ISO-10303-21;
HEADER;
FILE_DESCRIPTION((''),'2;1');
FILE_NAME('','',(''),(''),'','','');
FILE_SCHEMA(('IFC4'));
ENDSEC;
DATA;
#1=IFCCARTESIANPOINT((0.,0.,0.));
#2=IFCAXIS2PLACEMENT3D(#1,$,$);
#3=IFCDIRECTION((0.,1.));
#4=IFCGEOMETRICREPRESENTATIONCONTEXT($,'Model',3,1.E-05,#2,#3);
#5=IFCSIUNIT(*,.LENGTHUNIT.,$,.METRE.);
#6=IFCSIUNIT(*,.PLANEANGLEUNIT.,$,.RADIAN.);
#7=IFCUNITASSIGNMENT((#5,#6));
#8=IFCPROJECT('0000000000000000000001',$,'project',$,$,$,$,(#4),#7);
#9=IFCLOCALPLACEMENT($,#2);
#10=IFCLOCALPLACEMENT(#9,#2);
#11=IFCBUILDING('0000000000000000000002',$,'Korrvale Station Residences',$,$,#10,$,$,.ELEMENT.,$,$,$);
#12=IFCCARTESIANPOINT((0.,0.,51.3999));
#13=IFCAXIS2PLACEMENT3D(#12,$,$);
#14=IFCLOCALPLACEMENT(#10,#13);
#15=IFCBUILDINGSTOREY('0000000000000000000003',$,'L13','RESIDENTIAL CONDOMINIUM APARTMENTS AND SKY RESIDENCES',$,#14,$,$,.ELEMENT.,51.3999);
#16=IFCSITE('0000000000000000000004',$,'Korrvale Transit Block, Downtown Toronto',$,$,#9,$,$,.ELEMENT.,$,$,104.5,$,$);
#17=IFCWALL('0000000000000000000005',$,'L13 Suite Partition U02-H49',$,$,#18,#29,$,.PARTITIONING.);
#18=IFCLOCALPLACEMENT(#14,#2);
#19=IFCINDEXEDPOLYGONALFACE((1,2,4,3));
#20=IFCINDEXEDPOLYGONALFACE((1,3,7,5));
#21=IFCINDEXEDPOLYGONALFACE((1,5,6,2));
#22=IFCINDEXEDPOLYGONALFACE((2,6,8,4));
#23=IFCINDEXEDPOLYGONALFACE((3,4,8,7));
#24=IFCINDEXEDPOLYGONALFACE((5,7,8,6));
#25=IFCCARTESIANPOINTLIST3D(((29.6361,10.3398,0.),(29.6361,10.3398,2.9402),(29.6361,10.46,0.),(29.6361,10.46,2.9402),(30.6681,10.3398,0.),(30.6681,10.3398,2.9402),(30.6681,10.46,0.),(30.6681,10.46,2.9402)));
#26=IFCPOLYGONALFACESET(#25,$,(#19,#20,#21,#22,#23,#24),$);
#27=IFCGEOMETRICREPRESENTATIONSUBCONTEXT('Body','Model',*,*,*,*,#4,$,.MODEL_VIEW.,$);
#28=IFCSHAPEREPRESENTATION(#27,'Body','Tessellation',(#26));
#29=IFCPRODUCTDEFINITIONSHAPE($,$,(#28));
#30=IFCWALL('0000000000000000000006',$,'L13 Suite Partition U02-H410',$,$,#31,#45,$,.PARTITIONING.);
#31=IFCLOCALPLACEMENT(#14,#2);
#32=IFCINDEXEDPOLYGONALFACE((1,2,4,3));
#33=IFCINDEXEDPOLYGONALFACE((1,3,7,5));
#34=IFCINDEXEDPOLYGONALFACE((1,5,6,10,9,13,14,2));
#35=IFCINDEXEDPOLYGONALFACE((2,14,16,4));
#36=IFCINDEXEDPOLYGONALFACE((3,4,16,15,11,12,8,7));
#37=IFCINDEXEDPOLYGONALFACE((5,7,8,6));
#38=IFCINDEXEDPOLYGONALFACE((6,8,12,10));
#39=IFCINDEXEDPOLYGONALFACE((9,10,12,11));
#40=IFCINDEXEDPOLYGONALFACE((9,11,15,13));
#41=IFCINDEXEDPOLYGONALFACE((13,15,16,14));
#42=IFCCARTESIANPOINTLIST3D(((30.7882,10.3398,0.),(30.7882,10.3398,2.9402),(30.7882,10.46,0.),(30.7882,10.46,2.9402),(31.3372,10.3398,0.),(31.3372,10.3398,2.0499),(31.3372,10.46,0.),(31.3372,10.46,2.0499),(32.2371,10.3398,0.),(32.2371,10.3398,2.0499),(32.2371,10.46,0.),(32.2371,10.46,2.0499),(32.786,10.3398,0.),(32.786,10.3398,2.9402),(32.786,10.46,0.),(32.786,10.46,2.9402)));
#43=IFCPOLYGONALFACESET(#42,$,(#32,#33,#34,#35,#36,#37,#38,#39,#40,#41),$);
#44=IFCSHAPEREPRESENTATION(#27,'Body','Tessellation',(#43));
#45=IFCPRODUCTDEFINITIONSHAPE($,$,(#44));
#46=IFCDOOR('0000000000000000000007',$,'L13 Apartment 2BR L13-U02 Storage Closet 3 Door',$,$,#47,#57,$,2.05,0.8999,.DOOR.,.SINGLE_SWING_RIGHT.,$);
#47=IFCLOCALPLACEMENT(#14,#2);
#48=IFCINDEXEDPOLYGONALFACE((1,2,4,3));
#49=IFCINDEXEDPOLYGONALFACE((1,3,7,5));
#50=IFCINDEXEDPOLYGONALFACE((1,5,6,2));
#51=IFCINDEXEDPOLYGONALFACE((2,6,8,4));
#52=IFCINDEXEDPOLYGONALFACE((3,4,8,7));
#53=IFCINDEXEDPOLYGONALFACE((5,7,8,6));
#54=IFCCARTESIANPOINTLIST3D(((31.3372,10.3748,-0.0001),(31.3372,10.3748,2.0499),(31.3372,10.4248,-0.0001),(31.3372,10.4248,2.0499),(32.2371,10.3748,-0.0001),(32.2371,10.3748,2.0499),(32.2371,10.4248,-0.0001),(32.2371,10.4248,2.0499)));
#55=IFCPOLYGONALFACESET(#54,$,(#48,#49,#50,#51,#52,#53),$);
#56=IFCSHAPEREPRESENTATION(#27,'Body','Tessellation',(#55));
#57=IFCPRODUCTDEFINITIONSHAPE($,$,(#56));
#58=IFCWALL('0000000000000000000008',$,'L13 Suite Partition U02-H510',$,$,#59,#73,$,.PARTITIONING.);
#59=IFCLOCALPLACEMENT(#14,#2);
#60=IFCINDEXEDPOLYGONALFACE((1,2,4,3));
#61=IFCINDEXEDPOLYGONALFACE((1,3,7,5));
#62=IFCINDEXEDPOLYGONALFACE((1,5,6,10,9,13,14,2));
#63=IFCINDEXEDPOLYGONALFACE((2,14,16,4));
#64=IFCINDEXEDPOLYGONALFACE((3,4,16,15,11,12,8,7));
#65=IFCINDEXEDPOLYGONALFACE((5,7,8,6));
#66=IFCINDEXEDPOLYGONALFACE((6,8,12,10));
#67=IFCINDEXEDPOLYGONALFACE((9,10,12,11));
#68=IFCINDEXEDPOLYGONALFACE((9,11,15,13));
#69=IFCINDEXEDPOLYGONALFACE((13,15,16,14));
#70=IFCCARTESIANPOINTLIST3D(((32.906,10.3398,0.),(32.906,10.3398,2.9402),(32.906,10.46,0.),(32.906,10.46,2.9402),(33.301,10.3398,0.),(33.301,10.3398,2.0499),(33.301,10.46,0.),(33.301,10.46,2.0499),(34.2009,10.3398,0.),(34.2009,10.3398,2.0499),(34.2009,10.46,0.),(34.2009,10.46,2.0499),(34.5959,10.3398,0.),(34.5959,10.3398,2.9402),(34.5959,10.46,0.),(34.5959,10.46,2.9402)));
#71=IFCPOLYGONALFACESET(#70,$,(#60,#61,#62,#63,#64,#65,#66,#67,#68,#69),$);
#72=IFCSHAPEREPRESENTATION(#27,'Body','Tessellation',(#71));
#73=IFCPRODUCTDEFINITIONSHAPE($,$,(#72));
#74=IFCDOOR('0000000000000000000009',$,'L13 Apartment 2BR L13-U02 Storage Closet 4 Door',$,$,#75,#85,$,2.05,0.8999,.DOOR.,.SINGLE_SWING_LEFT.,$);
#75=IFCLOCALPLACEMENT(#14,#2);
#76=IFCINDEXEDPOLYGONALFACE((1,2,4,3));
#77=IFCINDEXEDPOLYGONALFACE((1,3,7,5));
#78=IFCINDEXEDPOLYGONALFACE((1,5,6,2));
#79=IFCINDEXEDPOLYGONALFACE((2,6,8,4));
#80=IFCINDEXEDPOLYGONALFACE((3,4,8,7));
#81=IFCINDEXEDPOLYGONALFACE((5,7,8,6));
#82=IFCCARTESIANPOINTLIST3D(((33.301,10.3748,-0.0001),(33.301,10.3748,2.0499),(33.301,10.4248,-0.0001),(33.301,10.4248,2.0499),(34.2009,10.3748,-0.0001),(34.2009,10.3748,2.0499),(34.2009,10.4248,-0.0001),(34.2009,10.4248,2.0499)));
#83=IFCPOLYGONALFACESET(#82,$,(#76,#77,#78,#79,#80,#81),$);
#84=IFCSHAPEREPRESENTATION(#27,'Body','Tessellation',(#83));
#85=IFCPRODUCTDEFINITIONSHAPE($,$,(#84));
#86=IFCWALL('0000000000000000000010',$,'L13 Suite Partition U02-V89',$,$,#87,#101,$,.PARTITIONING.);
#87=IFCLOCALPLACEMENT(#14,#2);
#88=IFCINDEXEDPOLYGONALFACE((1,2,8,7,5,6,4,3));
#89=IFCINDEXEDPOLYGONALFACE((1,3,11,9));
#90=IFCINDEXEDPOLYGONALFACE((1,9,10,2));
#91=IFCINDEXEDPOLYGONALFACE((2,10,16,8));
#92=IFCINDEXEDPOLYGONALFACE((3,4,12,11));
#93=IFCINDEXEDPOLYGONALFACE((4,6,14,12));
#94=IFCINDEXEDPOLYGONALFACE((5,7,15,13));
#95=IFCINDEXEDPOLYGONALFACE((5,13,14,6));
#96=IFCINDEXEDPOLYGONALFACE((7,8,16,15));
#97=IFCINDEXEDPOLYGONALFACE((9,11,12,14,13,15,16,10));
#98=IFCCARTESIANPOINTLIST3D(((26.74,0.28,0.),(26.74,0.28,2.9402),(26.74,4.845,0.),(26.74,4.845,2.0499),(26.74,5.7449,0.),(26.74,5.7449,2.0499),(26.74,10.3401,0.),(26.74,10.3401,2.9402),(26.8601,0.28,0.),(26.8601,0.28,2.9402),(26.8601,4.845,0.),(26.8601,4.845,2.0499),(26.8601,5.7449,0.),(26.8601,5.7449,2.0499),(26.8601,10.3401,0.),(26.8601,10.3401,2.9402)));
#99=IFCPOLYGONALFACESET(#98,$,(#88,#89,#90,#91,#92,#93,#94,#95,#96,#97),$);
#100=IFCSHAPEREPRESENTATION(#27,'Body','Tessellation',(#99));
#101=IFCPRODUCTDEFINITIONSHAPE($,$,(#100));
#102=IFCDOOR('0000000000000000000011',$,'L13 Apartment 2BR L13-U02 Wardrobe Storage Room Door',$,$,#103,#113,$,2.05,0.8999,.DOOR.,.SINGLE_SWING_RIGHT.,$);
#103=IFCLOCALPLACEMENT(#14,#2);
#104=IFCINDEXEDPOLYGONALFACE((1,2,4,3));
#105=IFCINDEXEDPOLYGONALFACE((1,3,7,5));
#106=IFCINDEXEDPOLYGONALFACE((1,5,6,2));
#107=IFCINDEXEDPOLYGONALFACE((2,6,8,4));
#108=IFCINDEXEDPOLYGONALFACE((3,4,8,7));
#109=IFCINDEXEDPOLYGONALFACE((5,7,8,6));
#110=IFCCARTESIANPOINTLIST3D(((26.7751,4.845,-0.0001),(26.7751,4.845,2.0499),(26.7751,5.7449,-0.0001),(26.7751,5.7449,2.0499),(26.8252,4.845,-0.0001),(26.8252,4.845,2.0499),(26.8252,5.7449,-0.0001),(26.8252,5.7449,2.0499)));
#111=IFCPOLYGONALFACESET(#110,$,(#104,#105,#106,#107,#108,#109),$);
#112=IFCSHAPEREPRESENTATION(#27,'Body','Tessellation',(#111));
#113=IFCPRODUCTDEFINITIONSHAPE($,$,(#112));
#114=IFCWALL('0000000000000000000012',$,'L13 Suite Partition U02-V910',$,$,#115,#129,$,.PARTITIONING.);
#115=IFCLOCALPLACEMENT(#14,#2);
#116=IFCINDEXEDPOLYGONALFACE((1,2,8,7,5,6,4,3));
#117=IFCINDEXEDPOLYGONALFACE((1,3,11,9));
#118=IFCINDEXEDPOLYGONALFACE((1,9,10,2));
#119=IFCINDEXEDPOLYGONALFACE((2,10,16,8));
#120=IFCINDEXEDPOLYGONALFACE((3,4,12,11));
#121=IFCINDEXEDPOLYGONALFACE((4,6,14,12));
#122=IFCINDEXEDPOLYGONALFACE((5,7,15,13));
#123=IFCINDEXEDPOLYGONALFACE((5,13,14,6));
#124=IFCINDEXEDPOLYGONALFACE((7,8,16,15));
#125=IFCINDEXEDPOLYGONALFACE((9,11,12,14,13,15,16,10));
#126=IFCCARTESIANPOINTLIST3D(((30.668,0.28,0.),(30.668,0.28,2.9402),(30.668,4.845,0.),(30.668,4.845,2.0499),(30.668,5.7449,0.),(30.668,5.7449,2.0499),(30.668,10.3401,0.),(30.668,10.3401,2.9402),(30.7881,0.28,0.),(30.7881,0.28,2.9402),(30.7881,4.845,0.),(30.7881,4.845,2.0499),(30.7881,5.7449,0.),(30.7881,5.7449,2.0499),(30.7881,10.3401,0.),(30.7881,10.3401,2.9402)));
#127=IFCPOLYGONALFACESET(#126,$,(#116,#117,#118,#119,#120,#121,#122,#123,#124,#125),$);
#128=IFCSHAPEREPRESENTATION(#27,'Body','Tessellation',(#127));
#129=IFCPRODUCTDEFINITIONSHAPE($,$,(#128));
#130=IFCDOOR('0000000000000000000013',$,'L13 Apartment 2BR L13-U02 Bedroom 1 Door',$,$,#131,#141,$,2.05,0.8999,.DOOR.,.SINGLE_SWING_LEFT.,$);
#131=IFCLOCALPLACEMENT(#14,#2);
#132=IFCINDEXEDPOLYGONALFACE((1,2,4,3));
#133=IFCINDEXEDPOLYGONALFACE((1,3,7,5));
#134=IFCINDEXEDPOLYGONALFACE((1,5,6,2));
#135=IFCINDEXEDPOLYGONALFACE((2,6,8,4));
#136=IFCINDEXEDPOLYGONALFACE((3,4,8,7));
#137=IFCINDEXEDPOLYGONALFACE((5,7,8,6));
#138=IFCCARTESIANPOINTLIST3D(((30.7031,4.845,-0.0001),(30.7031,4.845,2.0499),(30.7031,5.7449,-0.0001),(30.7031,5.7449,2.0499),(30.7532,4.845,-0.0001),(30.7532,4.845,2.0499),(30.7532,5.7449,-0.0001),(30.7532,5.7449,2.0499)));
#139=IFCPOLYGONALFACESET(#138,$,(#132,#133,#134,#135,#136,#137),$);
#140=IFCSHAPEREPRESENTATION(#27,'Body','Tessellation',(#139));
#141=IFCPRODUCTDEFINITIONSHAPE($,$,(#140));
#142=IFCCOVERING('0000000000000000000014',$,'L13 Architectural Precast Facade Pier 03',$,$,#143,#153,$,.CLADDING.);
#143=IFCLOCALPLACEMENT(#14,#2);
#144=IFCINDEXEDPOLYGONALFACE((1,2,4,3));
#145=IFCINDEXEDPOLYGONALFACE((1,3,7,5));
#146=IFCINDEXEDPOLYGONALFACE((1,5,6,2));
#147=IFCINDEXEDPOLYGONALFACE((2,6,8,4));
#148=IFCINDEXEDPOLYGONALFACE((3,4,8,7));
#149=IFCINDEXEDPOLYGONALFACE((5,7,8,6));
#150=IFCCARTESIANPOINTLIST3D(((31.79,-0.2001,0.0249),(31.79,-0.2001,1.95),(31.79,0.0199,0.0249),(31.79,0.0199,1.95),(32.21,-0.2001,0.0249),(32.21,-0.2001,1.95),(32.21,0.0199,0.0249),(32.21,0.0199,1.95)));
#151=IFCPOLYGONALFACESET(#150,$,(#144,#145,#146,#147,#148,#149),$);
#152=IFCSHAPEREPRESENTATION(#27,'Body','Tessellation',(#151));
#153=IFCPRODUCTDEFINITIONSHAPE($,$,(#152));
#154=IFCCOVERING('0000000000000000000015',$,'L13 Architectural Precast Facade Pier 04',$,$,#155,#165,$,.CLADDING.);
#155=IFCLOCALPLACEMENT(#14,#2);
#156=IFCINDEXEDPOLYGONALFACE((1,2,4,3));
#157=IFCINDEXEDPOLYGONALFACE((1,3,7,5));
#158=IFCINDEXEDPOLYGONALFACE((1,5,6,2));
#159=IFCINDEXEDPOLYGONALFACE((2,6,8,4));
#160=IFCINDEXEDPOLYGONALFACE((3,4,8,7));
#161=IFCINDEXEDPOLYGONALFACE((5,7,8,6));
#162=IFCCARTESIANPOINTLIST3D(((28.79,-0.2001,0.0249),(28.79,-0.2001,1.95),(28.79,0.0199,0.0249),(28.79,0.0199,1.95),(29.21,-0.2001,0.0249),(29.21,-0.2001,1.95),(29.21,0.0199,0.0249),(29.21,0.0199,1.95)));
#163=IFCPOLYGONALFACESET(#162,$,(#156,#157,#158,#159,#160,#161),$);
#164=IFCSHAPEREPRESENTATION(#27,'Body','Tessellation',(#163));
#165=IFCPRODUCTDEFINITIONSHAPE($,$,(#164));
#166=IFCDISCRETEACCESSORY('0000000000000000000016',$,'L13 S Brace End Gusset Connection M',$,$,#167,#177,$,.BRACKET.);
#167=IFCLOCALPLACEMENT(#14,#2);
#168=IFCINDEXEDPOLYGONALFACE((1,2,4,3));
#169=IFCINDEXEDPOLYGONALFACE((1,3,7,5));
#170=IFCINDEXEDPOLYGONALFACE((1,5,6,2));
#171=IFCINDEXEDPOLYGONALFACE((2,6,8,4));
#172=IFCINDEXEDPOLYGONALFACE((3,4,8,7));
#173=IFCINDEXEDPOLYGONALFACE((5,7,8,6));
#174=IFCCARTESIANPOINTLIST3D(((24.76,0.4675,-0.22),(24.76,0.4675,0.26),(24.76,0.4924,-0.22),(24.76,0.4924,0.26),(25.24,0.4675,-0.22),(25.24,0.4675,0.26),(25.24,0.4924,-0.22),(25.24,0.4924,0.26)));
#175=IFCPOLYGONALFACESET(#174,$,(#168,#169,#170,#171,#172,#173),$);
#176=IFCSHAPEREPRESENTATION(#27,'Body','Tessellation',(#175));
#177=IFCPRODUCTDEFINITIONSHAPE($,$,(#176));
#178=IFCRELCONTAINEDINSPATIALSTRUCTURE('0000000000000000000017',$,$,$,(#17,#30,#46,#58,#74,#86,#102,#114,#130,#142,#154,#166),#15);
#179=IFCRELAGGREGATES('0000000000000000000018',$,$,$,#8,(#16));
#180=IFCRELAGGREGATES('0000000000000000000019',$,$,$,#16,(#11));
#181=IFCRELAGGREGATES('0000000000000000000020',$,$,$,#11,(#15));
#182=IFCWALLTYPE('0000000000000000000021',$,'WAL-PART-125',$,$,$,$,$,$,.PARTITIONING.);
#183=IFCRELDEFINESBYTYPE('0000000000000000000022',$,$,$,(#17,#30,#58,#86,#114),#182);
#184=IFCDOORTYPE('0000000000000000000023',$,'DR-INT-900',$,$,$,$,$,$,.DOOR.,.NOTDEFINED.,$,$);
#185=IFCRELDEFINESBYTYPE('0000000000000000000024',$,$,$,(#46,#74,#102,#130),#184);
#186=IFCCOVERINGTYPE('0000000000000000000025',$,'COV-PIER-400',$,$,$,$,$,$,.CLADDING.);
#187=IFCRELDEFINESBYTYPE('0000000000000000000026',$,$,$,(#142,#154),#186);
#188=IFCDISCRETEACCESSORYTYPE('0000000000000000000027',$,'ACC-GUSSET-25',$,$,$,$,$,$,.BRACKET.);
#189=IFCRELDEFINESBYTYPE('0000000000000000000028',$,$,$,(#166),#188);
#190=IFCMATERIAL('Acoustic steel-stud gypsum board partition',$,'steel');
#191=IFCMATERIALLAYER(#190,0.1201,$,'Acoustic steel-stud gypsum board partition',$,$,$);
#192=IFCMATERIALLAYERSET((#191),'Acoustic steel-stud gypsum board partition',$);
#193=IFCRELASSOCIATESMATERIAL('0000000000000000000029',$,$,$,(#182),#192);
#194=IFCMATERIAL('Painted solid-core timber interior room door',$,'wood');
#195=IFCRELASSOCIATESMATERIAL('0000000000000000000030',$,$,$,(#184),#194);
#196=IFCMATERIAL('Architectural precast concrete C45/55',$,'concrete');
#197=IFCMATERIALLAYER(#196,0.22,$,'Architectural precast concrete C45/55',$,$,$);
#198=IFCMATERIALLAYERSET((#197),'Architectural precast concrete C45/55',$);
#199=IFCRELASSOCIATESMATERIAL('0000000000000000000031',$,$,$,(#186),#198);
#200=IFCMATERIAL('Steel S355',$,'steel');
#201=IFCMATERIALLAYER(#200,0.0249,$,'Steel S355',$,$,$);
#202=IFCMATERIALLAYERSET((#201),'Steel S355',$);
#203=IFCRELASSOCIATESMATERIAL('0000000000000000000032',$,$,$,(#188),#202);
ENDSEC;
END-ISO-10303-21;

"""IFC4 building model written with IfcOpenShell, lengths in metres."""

from ifc_helpers import new_model, si_unit, direction, frame, frame_2d, origin, origin_2d, place, context, subcontext, project, spatial, rectangle, extrude, material, layer, layer_set, type_object, element, fill, save


model = new_model("IFC4")

# Units and contexts
model_context = context("Model", 3, precision=1e-05, world=origin(), true_north=direction((0.0, 1.0)))
body_context = subcontext(model_context, "Body", "Model", "MODEL_VIEW")
ifc_project = project(units=[si_unit("LENGTHUNIT", "METRE"), si_unit("PLANEANGLEUNIT", "RADIAN")], contexts=[model_context])

# Site, building, storey
site_placement = place(None, origin())
site = spatial("IfcSite", under=ifc_project, at=site_placement, Name="Korrvale Transit Block, Downtown Toronto", CompositionType="ELEMENT", RefElevation=104.5)
building_placement = place(site_placement, origin())
building = spatial("IfcBuilding", under=site, at=building_placement, Name="Korrvale Station Residences", CompositionType="ELEMENT")
storey_placement = place(building_placement, frame((0.0, 0.0, 51.3999)))
storey = spatial("IfcBuildingStorey", under=building, at=storey_placement, Name="L13", Description="RESIDENTIAL CONDOMINIUM APARTMENTS AND SKY RESIDENCES", CompositionType="ELEMENT", Elevation=51.3999)

# Shared definitions
ifc_material_1 = material(Name="Steel S355", Category="steel")

# Shared definitions
ifc_material_2 = material(Name="Acoustic steel-stud gypsum board partition", Category="steel")
ifc_layer_1 = layer(ifc_material_2, 0.1201, Name="Acoustic steel-stud gypsum board partition")
ifc_layer_set_1 = layer_set([ifc_layer_1], Name="Acoustic steel-stud gypsum board partition")
wall_type = type_object("IfcWallType", Name="WAL-PART-125", PredefinedType="PARTITIONING", material=ifc_layer_set_1)
ifc_material_3 = material(Name="Painted solid-core timber interior room door", Category="wood")
door_type = type_object("IfcDoorType", Name="DR-INT-900", OperationType="NOTDEFINED", PredefinedType="DOOR", material=ifc_material_3)

# Wall
wall_1_placement = place(storey_placement, frame((29.636, 10.3999, 0.0), z_axis=(0.0, 0.0, 1.0), x_axis=(1.0, 0.0, 0.0)))
element("IfcWall", 1, at=wall_1_placement, inside=storey, type_object=wall_type, Name="L13 Suite Partition U02-H49", PredefinedType="PARTITIONING", context=body_context, shape_type="SweptSolid", body=[
    extrude(rectangle(XDim=1.032, YDim=0.1201, at=frame_2d((0.5161, 0.0))), origin(), (0.0, 0.0, 1.0), 2.9402),
])

# Walls, openings, doors
wall_2_placement = place(storey_placement, frame((30.7881, 10.3999, 0.0), z_axis=(0.0, 0.0, 1.0), x_axis=(1.0, 0.0, 0.0)))
wall_2 = element("IfcWall", 2, at=wall_2_placement, inside=storey, type_object=wall_type, Name="L13 Suite Partition U02-H410", PredefinedType="PARTITIONING", context=body_context, shape_type="SweptSolid", body=[
    extrude(rectangle(XDim=1.9978, YDim=0.1201, at=frame_2d((0.999, 0.0))), origin(), (0.0, 0.0, 1.0), 2.9402),
])
opening_1_placement = place(wall_2_placement, frame((0.5491, 0.0, 0.0)))
opening_1 = element("IfcOpeningElement", 3, at=opening_1_placement, cuts=wall_2, PredefinedType="OPENING", context=body_context, shape_type="SweptSolid", body=[
    extrude(rectangle(XDim=0.8999, YDim=2.05, at=frame_2d((0.45, 1.0249))), frame((0.0, 0.0701, 0.0), z_axis=(0.0, -1.0, 0.0), x_axis=(1.0, 0.0, 0.0)), (0.0, 0.0, 1.0), 0.1401),
])
door_1_placement = place(opening_1_placement, origin())
door_1 = element("IfcDoor", 4, at=door_1_placement, inside=storey, type_object=door_type, Name="L13 Apartment 2BR L13-U02 Storage Closet 3 Door", OperationType="SINGLE_SWING_RIGHT", OverallHeight=2.05, OverallWidth=0.8999, PredefinedType="DOOR", context=body_context, shape_type="SweptSolid", body=[
    extrude(rectangle(XDim=0.8999, YDim=2.05, at=frame_2d((0.45, 1.0249))), frame((0.0, 0.0249, 0.0), z_axis=(0.0, -1.0, 0.0), x_axis=(1.0, 0.0, 0.0)), (0.0, 0.0, 1.0), 0.05),
])
fill(opening_1, door_1)
wall_3_placement = place(storey_placement, frame((32.906, 10.3999, 0.0), z_axis=(0.0, 0.0, 1.0), x_axis=(1.0, 0.0, 0.0)))
wall_3 = element("IfcWall", 5, at=wall_3_placement, inside=storey, type_object=wall_type, Name="L13 Suite Partition U02-H510", PredefinedType="PARTITIONING", context=body_context, shape_type="SweptSolid", body=[
    extrude(rectangle(XDim=1.6899, YDim=0.1201, at=frame_2d((0.845, 0.0))), origin(), (0.0, 0.0, 1.0), 2.9402),
])
opening_2_placement = place(wall_3_placement, frame((0.395, 0.0, 0.0)))
opening_2 = element("IfcOpeningElement", 6, at=opening_2_placement, cuts=wall_3, PredefinedType="OPENING", context=body_context, shape_type="SweptSolid", body=[
    extrude(rectangle(XDim=0.8999, YDim=2.05, at=frame_2d((0.45, 1.0249))), frame((0.0, 0.0701, 0.0), z_axis=(0.0, -1.0, 0.0), x_axis=(1.0, 0.0, 0.0)), (0.0, 0.0, 1.0), 0.1401),
])
door_2_placement = place(opening_2_placement, origin())
door_2 = element("IfcDoor", 7, at=door_2_placement, inside=storey, type_object=door_type, Name="L13 Apartment 2BR L13-U02 Storage Closet 4 Door", OperationType="SINGLE_SWING_LEFT", OverallHeight=2.05, OverallWidth=0.8999, PredefinedType="DOOR", context=body_context, shape_type="SweptSolid", body=[
    extrude(rectangle(XDim=0.8999, YDim=2.05, at=frame_2d((0.45, 1.0249))), frame((0.0, 0.0249, 0.0), z_axis=(0.0, -1.0, 0.0), x_axis=(1.0, 0.0, 0.0)), (0.0, 0.0, 1.0), 0.05),
])
fill(opening_2, door_2)
wall_4_placement = place(storey_placement, frame((26.8, 0.28, 0.0), z_axis=(0.0, 0.0, 1.0), x_axis=(0.0, 1.0, 0.0)))
wall_4 = element("IfcWall", 8, at=wall_4_placement, inside=storey, type_object=wall_type, Name="L13 Suite Partition U02-V89", PredefinedType="PARTITIONING", context=body_context, shape_type="SweptSolid", body=[
    extrude(rectangle(XDim=10.0601, YDim=0.1201, at=frame_2d((5.03, 0.0))), origin(), (0.0, 0.0, 1.0), 2.9402),
])
opening_3_placement = place(wall_4_placement, frame((4.5649, 0.0, 0.0)))
opening_3 = element("IfcOpeningElement", 9, at=opening_3_placement, cuts=wall_4, PredefinedType="OPENING", context=body_context, shape_type="SweptSolid", body=[
    extrude(rectangle(XDim=0.8999, YDim=2.05, at=frame_2d((0.45, 1.0249))), frame((0.0, 0.0701, 0.0), z_axis=(0.0, -1.0, 0.0), x_axis=(1.0, 0.0, 0.0)), (0.0, 0.0, 1.0), 0.1401),
])
door_3_placement = place(opening_3_placement, origin())
door_3 = element("IfcDoor", 10, at=door_3_placement, inside=storey, type_object=door_type, Name="L13 Apartment 2BR L13-U02 Wardrobe Storage Room Door", OperationType="SINGLE_SWING_RIGHT", OverallHeight=2.05, OverallWidth=0.8999, PredefinedType="DOOR", context=body_context, shape_type="SweptSolid", body=[
    extrude(rectangle(XDim=0.8999, YDim=2.05, at=frame_2d((0.45, 1.0249))), frame((0.0, 0.0249, 0.0), z_axis=(0.0, -1.0, 0.0), x_axis=(1.0, 0.0, 0.0)), (0.0, 0.0, 1.0), 0.05),
])
fill(opening_3, door_3)
wall_5_placement = place(storey_placement, frame((30.728, 0.28, 0.0), z_axis=(0.0, 0.0, 1.0), x_axis=(0.0, 1.0, 0.0)))
wall_5 = element("IfcWall", 11, at=wall_5_placement, inside=storey, type_object=wall_type, Name="L13 Suite Partition U02-V910", PredefinedType="PARTITIONING", context=body_context, shape_type="SweptSolid", body=[
    extrude(rectangle(XDim=10.0601, YDim=0.1201, at=frame_2d((5.03, 0.0))), origin(), (0.0, 0.0, 1.0), 2.9402),
])
opening_4_placement = place(wall_5_placement, frame((4.5649, 0.0, 0.0)))
opening_4 = element("IfcOpeningElement", 12, at=opening_4_placement, cuts=wall_5, PredefinedType="OPENING", context=body_context, shape_type="SweptSolid", body=[
    extrude(rectangle(XDim=0.8999, YDim=2.05, at=frame_2d((0.45, 1.0249))), frame((0.0, 0.0701, 0.0), z_axis=(0.0, -1.0, 0.0), x_axis=(1.0, 0.0, 0.0)), (0.0, 0.0, 1.0), 0.1401),
])
door_4_placement = place(opening_4_placement, origin())
door_4 = element("IfcDoor", 13, at=door_4_placement, inside=storey, type_object=door_type, Name="L13 Apartment 2BR L13-U02 Bedroom 1 Door", OperationType="SINGLE_SWING_LEFT", OverallHeight=2.05, OverallWidth=0.8999, PredefinedType="DOOR", context=body_context, shape_type="SweptSolid", body=[
    extrude(rectangle(XDim=0.8999, YDim=2.05, at=frame_2d((0.45, 1.0249))), frame((0.0, 0.0249, 0.0), z_axis=(0.0, -1.0, 0.0), x_axis=(1.0, 0.0, 0.0)), (0.0, 0.0, 1.0), 0.05),
])
fill(opening_4, door_4)

# Coverings
ifc_material_4 = material(Name="Architectural precast concrete C45/55", Category="concrete")
ifc_layer_2 = layer(ifc_material_4, 0.22, Name="Architectural precast concrete C45/55")
ifc_layer_set_2 = layer_set([ifc_layer_2], Name="Architectural precast concrete C45/55")
covering_type = type_object("IfcCoveringType", Name="COV-PIER-400", PredefinedType="CLADDING", material=ifc_layer_set_2)
for number, where, z_axis, x_axis, name in (
    (14, (32.0, -0.0901, 0.0249), (0.0, 0.0, 1.0), (1.0, 0.0, 0.0), "L13 Architectural Precast Facade Pier 03"),
    (15, (29.0, -0.0901, 0.0249), (0.0, 0.0, 1.0), (1.0, 0.0, 0.0), "L13 Architectural Precast Facade Pier 04"),
):
    element("IfcCovering", number, at=place(storey_placement, frame(where, z_axis=z_axis, x_axis=x_axis)), inside=storey, type_object=covering_type, Name=name, PredefinedType="CLADDING", context=body_context, shape_type="SweptSolid", body=[
        extrude(rectangle(XDim=0.4199, YDim=0.22, at=origin_2d()), origin(), (0.0, 0.0, 1.0), 1.925),
    ])

# Discrete accessory
ifc_layer_3 = layer(ifc_material_1, 0.0249, Name="Steel S355")
ifc_layer_set_3 = layer_set([ifc_layer_3], Name="Steel S355")
discrete_accessory_type = type_object("IfcDiscreteAccessoryType", Name="ACC-GUSSET-25", PredefinedType="BRACKET", material=ifc_layer_set_3)
for number, where, z_axis, x_axis, name in (
    (16, (25.0, 0.48, -0.22), (0.0, 0.0, 1.0), (1.0, 0.0, 0.0), "L13 S Brace End Gusset Connection M"),
):
    element("IfcDiscreteAccessory", number, at=place(storey_placement, frame(where, z_axis=z_axis, x_axis=x_axis)), inside=storey, type_object=discrete_accessory_type, Name=name, PredefinedType="BRACKET", context=body_context, shape_type="SweptSolid", body=[
        extrude(rectangle(XDim=0.48, YDim=0.0249, at=origin_2d()), origin(), (0.0, 0.0, 1.0), 0.48),
    ])

save(model, "model.ifc")
